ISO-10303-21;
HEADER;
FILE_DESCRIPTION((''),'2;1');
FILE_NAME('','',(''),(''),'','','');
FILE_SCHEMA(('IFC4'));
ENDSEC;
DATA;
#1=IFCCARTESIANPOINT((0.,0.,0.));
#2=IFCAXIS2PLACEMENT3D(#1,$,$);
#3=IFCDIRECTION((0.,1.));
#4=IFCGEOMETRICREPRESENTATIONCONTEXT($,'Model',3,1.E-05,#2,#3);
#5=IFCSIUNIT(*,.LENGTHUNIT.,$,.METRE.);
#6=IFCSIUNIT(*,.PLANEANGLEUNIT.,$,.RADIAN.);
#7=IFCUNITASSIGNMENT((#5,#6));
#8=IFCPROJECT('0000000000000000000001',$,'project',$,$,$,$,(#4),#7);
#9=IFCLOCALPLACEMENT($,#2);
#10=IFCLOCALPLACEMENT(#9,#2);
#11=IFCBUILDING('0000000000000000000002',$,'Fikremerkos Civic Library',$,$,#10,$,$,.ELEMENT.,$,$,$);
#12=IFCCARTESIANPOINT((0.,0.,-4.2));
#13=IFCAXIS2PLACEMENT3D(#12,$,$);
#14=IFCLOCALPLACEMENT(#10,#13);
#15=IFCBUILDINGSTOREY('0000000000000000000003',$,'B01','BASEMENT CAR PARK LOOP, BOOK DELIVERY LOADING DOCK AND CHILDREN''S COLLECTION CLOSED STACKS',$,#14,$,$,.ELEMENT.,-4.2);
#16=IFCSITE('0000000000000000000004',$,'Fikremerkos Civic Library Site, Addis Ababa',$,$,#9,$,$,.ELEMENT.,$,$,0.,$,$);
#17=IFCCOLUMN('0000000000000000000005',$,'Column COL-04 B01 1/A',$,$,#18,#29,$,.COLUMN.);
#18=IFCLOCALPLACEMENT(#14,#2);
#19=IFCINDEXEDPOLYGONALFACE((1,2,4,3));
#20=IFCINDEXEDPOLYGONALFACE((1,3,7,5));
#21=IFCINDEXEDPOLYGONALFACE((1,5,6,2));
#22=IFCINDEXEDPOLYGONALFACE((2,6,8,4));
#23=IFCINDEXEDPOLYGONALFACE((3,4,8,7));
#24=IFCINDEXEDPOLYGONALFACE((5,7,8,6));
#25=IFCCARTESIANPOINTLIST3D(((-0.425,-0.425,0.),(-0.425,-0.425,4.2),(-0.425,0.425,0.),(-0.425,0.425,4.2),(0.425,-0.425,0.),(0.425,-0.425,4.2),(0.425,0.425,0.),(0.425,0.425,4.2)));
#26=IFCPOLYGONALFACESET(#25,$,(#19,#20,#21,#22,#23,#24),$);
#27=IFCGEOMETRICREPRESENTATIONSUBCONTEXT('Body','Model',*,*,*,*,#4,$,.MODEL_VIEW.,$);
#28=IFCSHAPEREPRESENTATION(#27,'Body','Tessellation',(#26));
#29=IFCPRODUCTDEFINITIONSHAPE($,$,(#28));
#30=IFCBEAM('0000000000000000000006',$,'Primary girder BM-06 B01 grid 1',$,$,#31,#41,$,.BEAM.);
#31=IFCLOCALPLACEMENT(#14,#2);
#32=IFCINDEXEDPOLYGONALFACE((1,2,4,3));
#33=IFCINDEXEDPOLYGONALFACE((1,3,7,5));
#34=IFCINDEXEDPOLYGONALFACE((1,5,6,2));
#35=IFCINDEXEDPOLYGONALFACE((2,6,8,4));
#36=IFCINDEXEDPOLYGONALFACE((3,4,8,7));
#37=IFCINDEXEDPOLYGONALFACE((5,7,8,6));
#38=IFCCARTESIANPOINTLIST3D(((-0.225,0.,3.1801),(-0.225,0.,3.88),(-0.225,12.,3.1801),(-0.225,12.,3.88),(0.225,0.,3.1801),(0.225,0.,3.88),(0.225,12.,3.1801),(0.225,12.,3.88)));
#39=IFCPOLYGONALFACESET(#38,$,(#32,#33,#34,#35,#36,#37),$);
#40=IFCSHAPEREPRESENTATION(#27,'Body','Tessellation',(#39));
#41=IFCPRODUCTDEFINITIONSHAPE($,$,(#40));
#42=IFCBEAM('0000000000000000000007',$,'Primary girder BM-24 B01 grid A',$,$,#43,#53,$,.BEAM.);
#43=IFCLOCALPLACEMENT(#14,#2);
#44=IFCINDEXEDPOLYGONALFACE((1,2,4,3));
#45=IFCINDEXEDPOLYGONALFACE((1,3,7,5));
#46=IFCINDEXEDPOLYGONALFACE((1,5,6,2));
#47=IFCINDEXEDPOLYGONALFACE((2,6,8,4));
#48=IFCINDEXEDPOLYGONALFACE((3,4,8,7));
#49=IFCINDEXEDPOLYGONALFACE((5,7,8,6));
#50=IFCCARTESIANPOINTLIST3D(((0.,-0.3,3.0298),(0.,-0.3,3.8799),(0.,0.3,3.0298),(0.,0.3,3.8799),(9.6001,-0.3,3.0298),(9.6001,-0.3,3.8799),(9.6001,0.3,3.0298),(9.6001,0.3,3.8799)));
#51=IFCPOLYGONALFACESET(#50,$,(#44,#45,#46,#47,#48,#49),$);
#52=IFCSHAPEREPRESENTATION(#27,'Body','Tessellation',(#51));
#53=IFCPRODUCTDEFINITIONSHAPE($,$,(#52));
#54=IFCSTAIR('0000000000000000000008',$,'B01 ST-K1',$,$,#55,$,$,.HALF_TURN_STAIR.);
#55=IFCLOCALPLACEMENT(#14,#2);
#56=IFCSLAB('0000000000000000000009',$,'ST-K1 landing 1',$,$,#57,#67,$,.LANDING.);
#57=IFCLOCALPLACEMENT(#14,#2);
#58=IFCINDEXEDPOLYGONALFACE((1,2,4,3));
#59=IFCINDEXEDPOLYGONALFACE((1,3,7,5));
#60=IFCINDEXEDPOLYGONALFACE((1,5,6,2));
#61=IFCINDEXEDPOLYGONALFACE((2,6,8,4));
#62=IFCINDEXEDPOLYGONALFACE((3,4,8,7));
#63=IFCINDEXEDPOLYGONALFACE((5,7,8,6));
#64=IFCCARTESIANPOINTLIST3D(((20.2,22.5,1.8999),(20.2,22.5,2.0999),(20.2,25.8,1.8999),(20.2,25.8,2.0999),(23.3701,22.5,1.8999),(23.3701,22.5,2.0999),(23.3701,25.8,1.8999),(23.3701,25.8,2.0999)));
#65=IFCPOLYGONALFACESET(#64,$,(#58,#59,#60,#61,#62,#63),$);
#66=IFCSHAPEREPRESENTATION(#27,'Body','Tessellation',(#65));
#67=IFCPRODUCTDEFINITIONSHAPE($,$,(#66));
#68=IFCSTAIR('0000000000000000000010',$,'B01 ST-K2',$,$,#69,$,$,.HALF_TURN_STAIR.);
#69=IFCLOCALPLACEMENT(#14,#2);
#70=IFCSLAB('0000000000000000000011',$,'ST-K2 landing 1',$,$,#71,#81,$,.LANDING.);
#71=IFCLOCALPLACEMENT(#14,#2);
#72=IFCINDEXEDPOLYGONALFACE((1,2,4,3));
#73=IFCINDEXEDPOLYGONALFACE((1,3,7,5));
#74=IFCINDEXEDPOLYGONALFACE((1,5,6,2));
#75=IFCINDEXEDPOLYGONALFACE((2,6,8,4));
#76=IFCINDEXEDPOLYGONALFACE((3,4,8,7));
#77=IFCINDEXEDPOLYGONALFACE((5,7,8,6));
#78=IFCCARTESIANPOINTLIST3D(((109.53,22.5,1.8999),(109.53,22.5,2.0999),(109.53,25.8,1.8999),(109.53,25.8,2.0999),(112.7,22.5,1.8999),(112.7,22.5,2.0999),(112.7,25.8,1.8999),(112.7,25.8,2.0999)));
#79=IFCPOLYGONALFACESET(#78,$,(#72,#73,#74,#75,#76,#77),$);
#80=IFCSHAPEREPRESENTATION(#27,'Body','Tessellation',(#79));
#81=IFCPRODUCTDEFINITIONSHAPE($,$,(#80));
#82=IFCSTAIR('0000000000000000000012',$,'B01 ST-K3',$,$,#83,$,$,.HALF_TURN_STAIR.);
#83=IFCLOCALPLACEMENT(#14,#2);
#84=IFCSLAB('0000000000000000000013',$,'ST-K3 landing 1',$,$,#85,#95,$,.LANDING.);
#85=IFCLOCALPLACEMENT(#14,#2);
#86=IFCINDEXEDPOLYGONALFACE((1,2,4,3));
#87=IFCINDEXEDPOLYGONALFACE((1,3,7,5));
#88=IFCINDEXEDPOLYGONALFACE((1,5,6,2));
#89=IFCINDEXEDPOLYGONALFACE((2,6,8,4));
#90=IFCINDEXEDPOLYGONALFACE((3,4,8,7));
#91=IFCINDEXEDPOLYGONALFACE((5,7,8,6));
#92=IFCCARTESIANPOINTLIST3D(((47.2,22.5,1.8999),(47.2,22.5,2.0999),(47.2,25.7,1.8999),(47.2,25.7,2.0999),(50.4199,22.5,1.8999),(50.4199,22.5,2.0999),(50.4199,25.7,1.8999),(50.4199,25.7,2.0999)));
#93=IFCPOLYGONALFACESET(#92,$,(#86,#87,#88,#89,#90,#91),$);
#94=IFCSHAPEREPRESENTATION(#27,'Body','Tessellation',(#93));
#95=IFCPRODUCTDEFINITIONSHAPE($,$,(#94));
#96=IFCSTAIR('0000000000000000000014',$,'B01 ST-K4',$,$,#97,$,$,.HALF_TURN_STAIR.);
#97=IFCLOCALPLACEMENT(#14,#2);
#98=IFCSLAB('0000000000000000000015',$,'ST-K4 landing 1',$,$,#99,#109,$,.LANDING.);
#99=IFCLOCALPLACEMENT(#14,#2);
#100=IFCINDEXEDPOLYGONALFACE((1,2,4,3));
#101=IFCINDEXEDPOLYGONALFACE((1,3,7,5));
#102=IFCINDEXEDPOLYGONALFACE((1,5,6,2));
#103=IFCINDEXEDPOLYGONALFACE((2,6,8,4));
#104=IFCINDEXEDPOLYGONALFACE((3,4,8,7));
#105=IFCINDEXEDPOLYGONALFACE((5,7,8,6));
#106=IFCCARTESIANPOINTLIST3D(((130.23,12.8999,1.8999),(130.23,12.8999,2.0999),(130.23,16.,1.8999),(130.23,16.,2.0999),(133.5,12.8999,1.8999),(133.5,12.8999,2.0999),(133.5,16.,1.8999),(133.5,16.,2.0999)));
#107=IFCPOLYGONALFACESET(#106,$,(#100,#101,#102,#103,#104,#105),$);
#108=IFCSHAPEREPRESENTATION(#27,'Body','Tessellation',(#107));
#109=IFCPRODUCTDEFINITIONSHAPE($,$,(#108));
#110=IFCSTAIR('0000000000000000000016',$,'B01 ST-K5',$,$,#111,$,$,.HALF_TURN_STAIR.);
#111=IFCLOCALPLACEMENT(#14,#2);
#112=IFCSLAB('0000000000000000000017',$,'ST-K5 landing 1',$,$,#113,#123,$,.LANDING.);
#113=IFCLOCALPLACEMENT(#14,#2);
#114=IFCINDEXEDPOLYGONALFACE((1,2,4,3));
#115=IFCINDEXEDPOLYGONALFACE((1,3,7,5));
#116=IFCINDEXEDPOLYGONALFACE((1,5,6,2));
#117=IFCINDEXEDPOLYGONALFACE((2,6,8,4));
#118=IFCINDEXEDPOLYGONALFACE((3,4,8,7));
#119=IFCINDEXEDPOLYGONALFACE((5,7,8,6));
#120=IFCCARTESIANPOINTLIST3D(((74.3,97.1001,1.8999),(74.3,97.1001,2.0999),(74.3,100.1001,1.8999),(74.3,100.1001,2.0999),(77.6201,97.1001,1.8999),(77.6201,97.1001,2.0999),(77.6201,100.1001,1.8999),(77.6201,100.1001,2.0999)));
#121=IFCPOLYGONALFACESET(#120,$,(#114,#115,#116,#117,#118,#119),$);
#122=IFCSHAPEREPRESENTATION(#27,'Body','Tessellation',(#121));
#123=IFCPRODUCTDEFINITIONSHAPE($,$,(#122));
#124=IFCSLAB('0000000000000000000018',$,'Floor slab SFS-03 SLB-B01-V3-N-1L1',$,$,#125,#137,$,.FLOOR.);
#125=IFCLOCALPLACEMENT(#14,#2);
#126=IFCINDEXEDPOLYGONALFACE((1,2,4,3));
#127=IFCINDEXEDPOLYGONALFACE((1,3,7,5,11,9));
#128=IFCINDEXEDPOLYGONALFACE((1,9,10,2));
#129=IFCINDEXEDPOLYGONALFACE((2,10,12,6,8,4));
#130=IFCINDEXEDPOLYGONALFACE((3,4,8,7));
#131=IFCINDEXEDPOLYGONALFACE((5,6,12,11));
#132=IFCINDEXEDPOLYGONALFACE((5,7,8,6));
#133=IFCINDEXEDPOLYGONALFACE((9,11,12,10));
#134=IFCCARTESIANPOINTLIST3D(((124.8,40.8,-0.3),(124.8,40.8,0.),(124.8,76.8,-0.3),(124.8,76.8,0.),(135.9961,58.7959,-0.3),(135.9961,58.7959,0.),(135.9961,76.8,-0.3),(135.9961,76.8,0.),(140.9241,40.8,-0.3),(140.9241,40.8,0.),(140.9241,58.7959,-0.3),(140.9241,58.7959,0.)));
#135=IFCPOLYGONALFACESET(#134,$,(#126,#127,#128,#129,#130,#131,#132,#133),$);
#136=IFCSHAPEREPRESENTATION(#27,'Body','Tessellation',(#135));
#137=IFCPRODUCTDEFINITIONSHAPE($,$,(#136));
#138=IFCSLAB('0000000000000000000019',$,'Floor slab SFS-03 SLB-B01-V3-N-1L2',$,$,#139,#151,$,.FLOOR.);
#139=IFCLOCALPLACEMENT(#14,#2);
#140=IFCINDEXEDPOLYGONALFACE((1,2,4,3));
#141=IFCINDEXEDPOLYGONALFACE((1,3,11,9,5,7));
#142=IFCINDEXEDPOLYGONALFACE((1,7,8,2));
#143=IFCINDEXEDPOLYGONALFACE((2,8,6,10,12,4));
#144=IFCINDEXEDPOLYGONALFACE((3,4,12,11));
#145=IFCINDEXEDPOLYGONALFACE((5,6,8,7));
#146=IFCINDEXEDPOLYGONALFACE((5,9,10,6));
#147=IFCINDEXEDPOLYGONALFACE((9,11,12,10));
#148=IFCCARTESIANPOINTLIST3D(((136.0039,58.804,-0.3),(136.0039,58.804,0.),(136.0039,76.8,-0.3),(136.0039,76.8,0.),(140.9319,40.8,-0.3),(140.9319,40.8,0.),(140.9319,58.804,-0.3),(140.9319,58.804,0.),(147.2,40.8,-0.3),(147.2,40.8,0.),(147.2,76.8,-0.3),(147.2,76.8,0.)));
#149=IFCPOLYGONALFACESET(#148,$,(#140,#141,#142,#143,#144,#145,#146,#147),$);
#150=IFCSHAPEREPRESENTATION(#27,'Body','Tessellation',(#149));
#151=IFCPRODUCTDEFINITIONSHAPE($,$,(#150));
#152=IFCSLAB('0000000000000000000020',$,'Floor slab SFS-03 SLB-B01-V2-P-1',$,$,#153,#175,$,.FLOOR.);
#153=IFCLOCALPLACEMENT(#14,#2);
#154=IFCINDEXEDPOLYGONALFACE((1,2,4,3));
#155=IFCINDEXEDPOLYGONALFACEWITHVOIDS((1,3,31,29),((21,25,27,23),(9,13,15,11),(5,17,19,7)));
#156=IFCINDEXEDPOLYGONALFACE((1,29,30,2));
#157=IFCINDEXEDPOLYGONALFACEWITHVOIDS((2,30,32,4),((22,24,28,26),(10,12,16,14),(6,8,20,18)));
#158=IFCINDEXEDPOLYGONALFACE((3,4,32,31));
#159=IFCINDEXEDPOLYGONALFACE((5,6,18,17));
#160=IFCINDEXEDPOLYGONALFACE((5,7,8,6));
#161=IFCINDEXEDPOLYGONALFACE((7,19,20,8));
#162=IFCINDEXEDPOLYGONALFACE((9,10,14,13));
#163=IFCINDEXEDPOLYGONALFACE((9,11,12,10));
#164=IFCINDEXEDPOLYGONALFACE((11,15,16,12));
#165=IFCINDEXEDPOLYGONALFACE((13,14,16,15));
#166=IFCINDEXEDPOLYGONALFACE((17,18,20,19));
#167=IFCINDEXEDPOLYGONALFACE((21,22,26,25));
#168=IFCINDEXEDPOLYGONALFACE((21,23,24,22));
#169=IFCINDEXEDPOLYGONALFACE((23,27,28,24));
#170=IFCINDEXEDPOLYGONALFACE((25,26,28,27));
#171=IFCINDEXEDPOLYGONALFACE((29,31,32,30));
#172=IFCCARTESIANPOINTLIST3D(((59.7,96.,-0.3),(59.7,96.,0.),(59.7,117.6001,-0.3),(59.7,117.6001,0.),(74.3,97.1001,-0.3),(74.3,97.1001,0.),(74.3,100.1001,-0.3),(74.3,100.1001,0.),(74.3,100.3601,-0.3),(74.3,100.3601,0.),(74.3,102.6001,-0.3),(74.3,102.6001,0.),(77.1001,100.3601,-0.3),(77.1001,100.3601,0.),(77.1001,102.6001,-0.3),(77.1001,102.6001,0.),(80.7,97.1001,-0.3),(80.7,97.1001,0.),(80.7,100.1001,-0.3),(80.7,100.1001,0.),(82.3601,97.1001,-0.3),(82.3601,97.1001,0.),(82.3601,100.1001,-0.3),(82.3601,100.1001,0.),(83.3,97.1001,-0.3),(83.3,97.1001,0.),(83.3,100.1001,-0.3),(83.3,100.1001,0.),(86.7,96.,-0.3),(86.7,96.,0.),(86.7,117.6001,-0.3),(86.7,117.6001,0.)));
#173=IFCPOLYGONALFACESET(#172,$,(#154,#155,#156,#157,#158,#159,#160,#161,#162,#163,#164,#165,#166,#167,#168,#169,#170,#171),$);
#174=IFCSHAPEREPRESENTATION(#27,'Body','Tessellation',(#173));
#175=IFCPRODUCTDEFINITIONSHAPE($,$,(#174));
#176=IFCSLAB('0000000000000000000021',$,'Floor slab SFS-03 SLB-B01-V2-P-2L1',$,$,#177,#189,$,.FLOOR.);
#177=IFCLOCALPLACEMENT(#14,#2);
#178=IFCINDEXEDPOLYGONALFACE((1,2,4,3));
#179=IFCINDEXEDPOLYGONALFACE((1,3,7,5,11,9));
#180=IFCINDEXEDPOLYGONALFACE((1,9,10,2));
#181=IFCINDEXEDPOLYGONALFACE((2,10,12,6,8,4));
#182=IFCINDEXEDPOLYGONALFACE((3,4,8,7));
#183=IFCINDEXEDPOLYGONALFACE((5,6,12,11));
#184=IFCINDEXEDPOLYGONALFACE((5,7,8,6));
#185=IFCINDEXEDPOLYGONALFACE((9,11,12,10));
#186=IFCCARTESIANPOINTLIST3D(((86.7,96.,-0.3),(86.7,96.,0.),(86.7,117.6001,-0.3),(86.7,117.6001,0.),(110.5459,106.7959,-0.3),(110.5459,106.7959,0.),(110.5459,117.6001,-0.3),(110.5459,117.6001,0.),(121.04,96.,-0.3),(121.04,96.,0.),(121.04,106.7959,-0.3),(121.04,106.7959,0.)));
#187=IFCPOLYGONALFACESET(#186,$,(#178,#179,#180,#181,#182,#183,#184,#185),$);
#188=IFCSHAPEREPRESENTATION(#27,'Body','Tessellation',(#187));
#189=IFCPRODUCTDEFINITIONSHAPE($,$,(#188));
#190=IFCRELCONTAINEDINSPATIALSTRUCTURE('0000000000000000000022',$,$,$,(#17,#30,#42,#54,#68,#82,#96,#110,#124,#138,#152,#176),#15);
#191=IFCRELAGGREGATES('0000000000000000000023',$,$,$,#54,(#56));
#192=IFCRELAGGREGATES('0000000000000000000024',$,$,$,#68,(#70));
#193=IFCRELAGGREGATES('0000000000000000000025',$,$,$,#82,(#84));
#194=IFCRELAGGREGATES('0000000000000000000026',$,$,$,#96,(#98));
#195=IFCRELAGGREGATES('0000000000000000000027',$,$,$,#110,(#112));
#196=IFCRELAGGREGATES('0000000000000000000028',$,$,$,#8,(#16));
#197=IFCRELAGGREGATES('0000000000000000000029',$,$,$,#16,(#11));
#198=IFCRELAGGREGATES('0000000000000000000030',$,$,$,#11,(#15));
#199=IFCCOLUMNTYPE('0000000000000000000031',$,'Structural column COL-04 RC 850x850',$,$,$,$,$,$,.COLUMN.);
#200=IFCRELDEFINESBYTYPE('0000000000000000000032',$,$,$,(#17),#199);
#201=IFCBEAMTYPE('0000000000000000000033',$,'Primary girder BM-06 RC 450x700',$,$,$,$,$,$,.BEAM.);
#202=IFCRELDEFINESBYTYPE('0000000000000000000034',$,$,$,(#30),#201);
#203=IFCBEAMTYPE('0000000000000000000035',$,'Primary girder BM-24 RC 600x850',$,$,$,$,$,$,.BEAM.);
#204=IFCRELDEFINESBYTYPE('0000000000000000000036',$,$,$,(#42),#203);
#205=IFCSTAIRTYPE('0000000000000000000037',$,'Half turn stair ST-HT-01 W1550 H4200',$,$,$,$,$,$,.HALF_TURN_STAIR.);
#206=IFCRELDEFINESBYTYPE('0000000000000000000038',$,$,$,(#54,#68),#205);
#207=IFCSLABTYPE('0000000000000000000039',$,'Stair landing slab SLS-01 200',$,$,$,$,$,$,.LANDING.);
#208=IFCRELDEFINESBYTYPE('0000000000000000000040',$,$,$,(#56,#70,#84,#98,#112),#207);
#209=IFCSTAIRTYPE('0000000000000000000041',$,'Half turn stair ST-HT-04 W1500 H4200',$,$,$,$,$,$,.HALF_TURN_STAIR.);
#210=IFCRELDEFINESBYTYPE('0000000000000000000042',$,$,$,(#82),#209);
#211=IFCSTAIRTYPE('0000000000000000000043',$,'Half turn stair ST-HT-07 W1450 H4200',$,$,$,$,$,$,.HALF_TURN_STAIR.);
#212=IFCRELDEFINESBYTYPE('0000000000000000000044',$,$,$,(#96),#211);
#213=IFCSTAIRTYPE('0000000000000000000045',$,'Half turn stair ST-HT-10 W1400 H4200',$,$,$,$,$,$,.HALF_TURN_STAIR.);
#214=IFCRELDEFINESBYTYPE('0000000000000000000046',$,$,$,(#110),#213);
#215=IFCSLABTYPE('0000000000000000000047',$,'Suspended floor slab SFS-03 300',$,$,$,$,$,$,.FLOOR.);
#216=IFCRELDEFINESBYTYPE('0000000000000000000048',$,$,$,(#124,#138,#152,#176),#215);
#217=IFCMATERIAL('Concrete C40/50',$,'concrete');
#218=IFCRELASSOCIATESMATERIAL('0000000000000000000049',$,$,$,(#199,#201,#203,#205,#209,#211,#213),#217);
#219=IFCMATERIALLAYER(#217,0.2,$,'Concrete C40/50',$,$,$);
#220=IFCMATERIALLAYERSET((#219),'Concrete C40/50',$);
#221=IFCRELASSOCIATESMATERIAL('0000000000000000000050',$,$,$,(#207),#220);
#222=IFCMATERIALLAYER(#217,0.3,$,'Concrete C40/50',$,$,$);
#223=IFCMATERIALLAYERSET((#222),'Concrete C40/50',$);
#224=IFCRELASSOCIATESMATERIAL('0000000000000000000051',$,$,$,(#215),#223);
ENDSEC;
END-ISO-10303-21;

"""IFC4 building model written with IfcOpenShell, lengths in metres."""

from ifc_helpers import new_model, si_unit, direction, frame, origin, origin_with_axes, origin_2d, place, context, subcontext, project, spatial, polyline, rectangle, outline, extrude, material, layer, layer_set, material_profile, profile_set, type_object, element, aggregate, save


model = new_model("IFC4")

# Units and contexts
model_context = context("Model", 3, precision=1e-05, world=origin(), true_north=direction((0.0, 1.0)))
body_context = subcontext(model_context, "Body", "Model", "MODEL_VIEW")
ifc_project = project(units=[si_unit("LENGTHUNIT", "METRE"), si_unit("PLANEANGLEUNIT", "RADIAN")], contexts=[model_context])

# Site, building, storey
site_placement = place(None, origin())
site = spatial("IfcSite", under=ifc_project, at=site_placement, Name="Fikremerkos Civic Library Site, Addis Ababa", CompositionType="ELEMENT", RefElevation=0.0)
building_placement = place(site_placement, origin())
building = spatial("IfcBuilding", under=site, at=building_placement, Name="Fikremerkos Civic Library", CompositionType="ELEMENT")
storey_placement = place(building_placement, frame((0.0, 0.0, -4.2)))
storey = spatial("IfcBuildingStorey", under=building, at=storey_placement, Name="B01", Description="BASEMENT CAR PARK LOOP, BOOK DELIVERY LOADING DOCK AND CHILDREN'S COLLECTION CLOSED STACKS", CompositionType="ELEMENT", Elevation=-4.2)

# Column
ifc_material_1 = material(Name="Concrete C40/50", Category="concrete")
ifc_material_profile_1 = material_profile(ifc_material_1, rectangle(XDim=0.8501, YDim=0.8501, at=origin_2d()), Name="RC 850x850")
ifc_profile_set_1 = profile_set([ifc_material_profile_1], Name="Concrete C40/50")
column_type = type_object("IfcColumnType", Name="Structural column COL-04 RC 850x850", PredefinedType="COLUMN", material=ifc_profile_set_1)
column_placement = place(storey_placement, origin_with_axes())
element("IfcColumn", 1, at=column_placement, inside=storey, type_object=column_type, Name="Column COL-04 B01 1/A", PredefinedType="COLUMN", context=body_context, shape_type="SweptSolid", body=[
    extrude(rectangle(XDim=0.8501, YDim=0.8501, at=origin_2d()), origin(), (0.0, 0.0, 1.0), 4.2),
])

# Beams
ifc_material_profile_2 = material_profile(ifc_material_1, rectangle(XDim=0.45, YDim=0.7, at=origin_2d()), Name="RC 450x700")
ifc_profile_set_2 = profile_set([ifc_material_profile_2], Name="Concrete C40/50")
beam_type_1 = type_object("IfcBeamType", Name="Primary girder BM-06 RC 450x700", PredefinedType="BEAM", material=ifc_profile_set_2)
beam_1_placement = place(storey_placement, frame((0.0, 0.0, 3.53), z_axis=(0.0, 1.0, 0.0), x_axis=(-1.0, 0.0, 0.0)))
element("IfcBeam", 2, at=beam_1_placement, inside=storey, type_object=beam_type_1, Name="Primary girder BM-06 B01 grid 1", PredefinedType="BEAM", context=body_context, shape_type="SweptSolid", body=[
    extrude(rectangle(XDim=0.45, YDim=0.7, at=origin_2d()), origin(), (0.0, 0.0, 1.0), 12.0),
])
ifc_material_profile_3 = material_profile(ifc_material_1, rectangle(XDim=0.6001, YDim=0.8501, at=origin_2d()), Name="RC 600x850")
ifc_profile_set_3 = profile_set([ifc_material_profile_3], Name="Concrete C40/50")
beam_type_2 = type_object("IfcBeamType", Name="Primary girder BM-24 RC 600x850", PredefinedType="BEAM", material=ifc_profile_set_3)
beam_2_placement = place(storey_placement, frame((0.0, 0.0, 3.4548), z_axis=(1.0, 0.0, 0.0), x_axis=(0.0, 1.0, 0.0)))
element("IfcBeam", 3, at=beam_2_placement, inside=storey, type_object=beam_type_2, Name="Primary girder BM-24 B01 grid A", PredefinedType="BEAM", context=body_context, shape_type="SweptSolid", body=[
    extrude(rectangle(XDim=0.6001, YDim=0.8501, at=origin_2d()), origin(), (0.0, 0.0, 1.0), 9.6001),
])

# Stairs, slabs
stair_type_1 = type_object("IfcStairType", Name="Half turn stair ST-HT-01 W1550 H4200", PredefinedType="HALF_TURN_STAIR", material=ifc_material_1)
stair_1_placement = place(storey_placement, origin())
stair_1 = element("IfcStair", 4, at=stair_1_placement, inside=storey, type_object=stair_type_1, Name="B01 ST-K1", PredefinedType="HALF_TURN_STAIR")
ifc_layer_1 = layer(ifc_material_1, 0.2, Name="Concrete C40/50")
ifc_layer_set_1 = layer_set([ifc_layer_1], Name="Concrete C40/50")
slab_type_1 = type_object("IfcSlabType", Name="Stair landing slab SLS-01 200", PredefinedType="LANDING", material=ifc_layer_set_1)
slab_1_placement = place(storey_placement, frame((0.0, 0.0, 1.8999)))
slab_1 = element("IfcSlab", 5, at=slab_1_placement, type_object=slab_type_1, Name="ST-K1 landing 1", PredefinedType="LANDING", context=body_context, shape_type="SweptSolid", body=[
    extrude(outline(polyline([(23.3701, 25.8), (20.2, 25.8), (20.2, 22.5), (23.3701, 22.5), (23.3701, 25.8)])), origin(), (0.0, 0.0, 1.0), 0.2),
])
aggregate(stair_1, [slab_1])
stair_2_placement = place(storey_placement, origin())
stair_2 = element("IfcStair", 6, at=stair_2_placement, inside=storey, type_object=stair_type_1, Name="B01 ST-K2", PredefinedType="HALF_TURN_STAIR")
slab_2_placement = place(storey_placement, frame((0.0, 0.0, 1.8999)))
slab_2 = element("IfcSlab", 7, at=slab_2_placement, type_object=slab_type_1, Name="ST-K2 landing 1", PredefinedType="LANDING", context=body_context, shape_type="SweptSolid", body=[
    extrude(outline(polyline([(109.53, 22.5), (112.7, 22.5), (112.7, 25.8), (109.53, 25.8), (109.53, 22.5)])), origin(), (0.0, 0.0, 1.0), 0.2),
])
aggregate(stair_2, [slab_2])
stair_type_2 = type_object("IfcStairType", Name="Half turn stair ST-HT-04 W1500 H4200", PredefinedType="HALF_TURN_STAIR", material=ifc_material_1)
stair_3_placement = place(storey_placement, origin())
stair_3 = element("IfcStair", 8, at=stair_3_placement, inside=storey, type_object=stair_type_2, Name="B01 ST-K3", PredefinedType="HALF_TURN_STAIR")
slab_3_placement = place(storey_placement, frame((0.0, 0.0, 1.8999)))
slab_3 = element("IfcSlab", 9, at=slab_3_placement, type_object=slab_type_1, Name="ST-K3 landing 1", PredefinedType="LANDING", context=body_context, shape_type="SweptSolid", body=[
    extrude(outline(polyline([(50.4199, 25.7), (47.2, 25.7), (47.2, 22.5), (50.4199, 22.5), (50.4199, 25.7)])), origin(), (0.0, 0.0, 1.0), 0.2),
])
aggregate(stair_3, [slab_3])
stair_type_3 = type_object("IfcStairType", Name="Half turn stair ST-HT-07 W1450 H4200", PredefinedType="HALF_TURN_STAIR", material=ifc_material_1)
stair_4_placement = place(storey_placement, origin())
stair_4 = element("IfcStair", 10, at=stair_4_placement, inside=storey, type_object=stair_type_3, Name="B01 ST-K4", PredefinedType="HALF_TURN_STAIR")
slab_4_placement = place(storey_placement, frame((0.0, 0.0, 1.8999)))
slab_4 = element("IfcSlab", 11, at=slab_4_placement, type_object=slab_type_1, Name="ST-K4 landing 1", PredefinedType="LANDING", context=body_context, shape_type="SweptSolid", body=[
    extrude(outline(polyline([(130.23, 12.8999), (133.5, 12.8999), (133.5, 16.0), (130.23, 16.0), (130.23, 12.8999)])), origin(), (0.0, 0.0, 1.0), 0.2),
])
aggregate(stair_4, [slab_4])
stair_type_4 = type_object("IfcStairType", Name="Half turn stair ST-HT-10 W1400 H4200", PredefinedType="HALF_TURN_STAIR", material=ifc_material_1)
stair_5_placement = place(storey_placement, origin())
stair_5 = element("IfcStair", 12, at=stair_5_placement, inside=storey, type_object=stair_type_4, Name="B01 ST-K5", PredefinedType="HALF_TURN_STAIR")
slab_5_placement = place(storey_placement, frame((0.0, 0.0, 1.8999)))
slab_5 = element("IfcSlab", 13, at=slab_5_placement, type_object=slab_type_1, Name="ST-K5 landing 1", PredefinedType="LANDING", context=body_context, shape_type="SweptSolid", body=[
    extrude(outline(polyline([(77.6201, 100.1001), (74.3, 100.1001), (74.3, 97.1001), (77.6201, 97.1001), (77.6201, 100.1001)])), origin(), (0.0, 0.0, 1.0), 0.2),
])
aggregate(stair_5, [slab_5])

# Slabs
ifc_layer_2 = layer(ifc_material_1, 0.3, Name="Concrete C40/50")
ifc_layer_set_2 = layer_set([ifc_layer_2], Name="Concrete C40/50")
slab_type_2 = type_object("IfcSlabType", Name="Suspended floor slab SFS-03 300", PredefinedType="FLOOR", material=ifc_layer_set_2)
slab_6_placement = place(storey_placement, frame((0.0, 0.0, -0.3)))
element("IfcSlab", 14, at=slab_6_placement, inside=storey, type_object=slab_type_2, Name="Floor slab SFS-03 SLB-B01-V3-N-1L1", PredefinedType="FLOOR", context=body_context, shape_type="SweptSolid", body=[
    extrude(outline(polyline([(124.8, 40.8), (140.9241, 40.8), (140.9241, 58.7959), (135.9961, 58.7959), (135.9961, 76.8), (124.8, 76.8), (124.8, 40.8)])), origin(), (0.0, 0.0, 1.0), 0.3),
])
slab_7_placement = place(storey_placement, frame((0.0, 0.0, -0.3)))
element("IfcSlab", 15, at=slab_7_placement, inside=storey, type_object=slab_type_2, Name="Floor slab SFS-03 SLB-B01-V3-N-1L2", PredefinedType="FLOOR", context=body_context, shape_type="SweptSolid", body=[
    extrude(outline(polyline([(140.9319, 40.8), (147.2, 40.8), (147.2, 76.8), (136.0039, 76.8), (136.0039, 58.804), (140.9319, 58.804), (140.9319, 40.8)])), origin(), (0.0, 0.0, 1.0), 0.3),
])
slab_8_placement = place(storey_placement, frame((0.0, 0.0, -0.3)))
element("IfcSlab", 16, at=slab_8_placement, inside=storey, type_object=slab_type_2, Name="Floor slab SFS-03 SLB-B01-V2-P-1", PredefinedType="FLOOR", context=body_context, shape_type="SweptSolid", body=[
    extrude(outline(polyline([(59.7, 96.0), (86.7, 96.0), (86.7, 117.6001), (59.7, 117.6001), (59.7, 96.0)]), holes=[polyline([(74.3, 97.1001), (80.7, 97.1001), (80.7, 100.1001), (74.3, 100.1001), (74.3, 97.1001)]), polyline([(74.3, 100.3601), (77.1001, 100.3601), (77.1001, 102.6001), (74.3, 102.6001), (74.3, 100.3601)]), polyline([(82.3601, 97.1001), (83.3, 97.1001), (83.3, 100.1001), (82.3601, 100.1001), (82.3601, 97.1001)])]), origin(), (0.0, 0.0, 1.0), 0.3),
])
slab_9_placement = place(storey_placement, frame((0.0, 0.0, -0.3)))
element("IfcSlab", 17, at=slab_9_placement, inside=storey, type_object=slab_type_2, Name="Floor slab SFS-03 SLB-B01-V2-P-2L1", PredefinedType="FLOOR", context=body_context, shape_type="SweptSolid", body=[
    extrude(outline(polyline([(86.7, 96.0), (121.04, 96.0), (121.04, 106.7959), (110.5459, 106.7959), (110.5459, 117.6001), (86.7, 117.6001), (86.7, 96.0)])), origin(), (0.0, 0.0, 1.0), 0.3),
])

save(model, "model.ifc")
